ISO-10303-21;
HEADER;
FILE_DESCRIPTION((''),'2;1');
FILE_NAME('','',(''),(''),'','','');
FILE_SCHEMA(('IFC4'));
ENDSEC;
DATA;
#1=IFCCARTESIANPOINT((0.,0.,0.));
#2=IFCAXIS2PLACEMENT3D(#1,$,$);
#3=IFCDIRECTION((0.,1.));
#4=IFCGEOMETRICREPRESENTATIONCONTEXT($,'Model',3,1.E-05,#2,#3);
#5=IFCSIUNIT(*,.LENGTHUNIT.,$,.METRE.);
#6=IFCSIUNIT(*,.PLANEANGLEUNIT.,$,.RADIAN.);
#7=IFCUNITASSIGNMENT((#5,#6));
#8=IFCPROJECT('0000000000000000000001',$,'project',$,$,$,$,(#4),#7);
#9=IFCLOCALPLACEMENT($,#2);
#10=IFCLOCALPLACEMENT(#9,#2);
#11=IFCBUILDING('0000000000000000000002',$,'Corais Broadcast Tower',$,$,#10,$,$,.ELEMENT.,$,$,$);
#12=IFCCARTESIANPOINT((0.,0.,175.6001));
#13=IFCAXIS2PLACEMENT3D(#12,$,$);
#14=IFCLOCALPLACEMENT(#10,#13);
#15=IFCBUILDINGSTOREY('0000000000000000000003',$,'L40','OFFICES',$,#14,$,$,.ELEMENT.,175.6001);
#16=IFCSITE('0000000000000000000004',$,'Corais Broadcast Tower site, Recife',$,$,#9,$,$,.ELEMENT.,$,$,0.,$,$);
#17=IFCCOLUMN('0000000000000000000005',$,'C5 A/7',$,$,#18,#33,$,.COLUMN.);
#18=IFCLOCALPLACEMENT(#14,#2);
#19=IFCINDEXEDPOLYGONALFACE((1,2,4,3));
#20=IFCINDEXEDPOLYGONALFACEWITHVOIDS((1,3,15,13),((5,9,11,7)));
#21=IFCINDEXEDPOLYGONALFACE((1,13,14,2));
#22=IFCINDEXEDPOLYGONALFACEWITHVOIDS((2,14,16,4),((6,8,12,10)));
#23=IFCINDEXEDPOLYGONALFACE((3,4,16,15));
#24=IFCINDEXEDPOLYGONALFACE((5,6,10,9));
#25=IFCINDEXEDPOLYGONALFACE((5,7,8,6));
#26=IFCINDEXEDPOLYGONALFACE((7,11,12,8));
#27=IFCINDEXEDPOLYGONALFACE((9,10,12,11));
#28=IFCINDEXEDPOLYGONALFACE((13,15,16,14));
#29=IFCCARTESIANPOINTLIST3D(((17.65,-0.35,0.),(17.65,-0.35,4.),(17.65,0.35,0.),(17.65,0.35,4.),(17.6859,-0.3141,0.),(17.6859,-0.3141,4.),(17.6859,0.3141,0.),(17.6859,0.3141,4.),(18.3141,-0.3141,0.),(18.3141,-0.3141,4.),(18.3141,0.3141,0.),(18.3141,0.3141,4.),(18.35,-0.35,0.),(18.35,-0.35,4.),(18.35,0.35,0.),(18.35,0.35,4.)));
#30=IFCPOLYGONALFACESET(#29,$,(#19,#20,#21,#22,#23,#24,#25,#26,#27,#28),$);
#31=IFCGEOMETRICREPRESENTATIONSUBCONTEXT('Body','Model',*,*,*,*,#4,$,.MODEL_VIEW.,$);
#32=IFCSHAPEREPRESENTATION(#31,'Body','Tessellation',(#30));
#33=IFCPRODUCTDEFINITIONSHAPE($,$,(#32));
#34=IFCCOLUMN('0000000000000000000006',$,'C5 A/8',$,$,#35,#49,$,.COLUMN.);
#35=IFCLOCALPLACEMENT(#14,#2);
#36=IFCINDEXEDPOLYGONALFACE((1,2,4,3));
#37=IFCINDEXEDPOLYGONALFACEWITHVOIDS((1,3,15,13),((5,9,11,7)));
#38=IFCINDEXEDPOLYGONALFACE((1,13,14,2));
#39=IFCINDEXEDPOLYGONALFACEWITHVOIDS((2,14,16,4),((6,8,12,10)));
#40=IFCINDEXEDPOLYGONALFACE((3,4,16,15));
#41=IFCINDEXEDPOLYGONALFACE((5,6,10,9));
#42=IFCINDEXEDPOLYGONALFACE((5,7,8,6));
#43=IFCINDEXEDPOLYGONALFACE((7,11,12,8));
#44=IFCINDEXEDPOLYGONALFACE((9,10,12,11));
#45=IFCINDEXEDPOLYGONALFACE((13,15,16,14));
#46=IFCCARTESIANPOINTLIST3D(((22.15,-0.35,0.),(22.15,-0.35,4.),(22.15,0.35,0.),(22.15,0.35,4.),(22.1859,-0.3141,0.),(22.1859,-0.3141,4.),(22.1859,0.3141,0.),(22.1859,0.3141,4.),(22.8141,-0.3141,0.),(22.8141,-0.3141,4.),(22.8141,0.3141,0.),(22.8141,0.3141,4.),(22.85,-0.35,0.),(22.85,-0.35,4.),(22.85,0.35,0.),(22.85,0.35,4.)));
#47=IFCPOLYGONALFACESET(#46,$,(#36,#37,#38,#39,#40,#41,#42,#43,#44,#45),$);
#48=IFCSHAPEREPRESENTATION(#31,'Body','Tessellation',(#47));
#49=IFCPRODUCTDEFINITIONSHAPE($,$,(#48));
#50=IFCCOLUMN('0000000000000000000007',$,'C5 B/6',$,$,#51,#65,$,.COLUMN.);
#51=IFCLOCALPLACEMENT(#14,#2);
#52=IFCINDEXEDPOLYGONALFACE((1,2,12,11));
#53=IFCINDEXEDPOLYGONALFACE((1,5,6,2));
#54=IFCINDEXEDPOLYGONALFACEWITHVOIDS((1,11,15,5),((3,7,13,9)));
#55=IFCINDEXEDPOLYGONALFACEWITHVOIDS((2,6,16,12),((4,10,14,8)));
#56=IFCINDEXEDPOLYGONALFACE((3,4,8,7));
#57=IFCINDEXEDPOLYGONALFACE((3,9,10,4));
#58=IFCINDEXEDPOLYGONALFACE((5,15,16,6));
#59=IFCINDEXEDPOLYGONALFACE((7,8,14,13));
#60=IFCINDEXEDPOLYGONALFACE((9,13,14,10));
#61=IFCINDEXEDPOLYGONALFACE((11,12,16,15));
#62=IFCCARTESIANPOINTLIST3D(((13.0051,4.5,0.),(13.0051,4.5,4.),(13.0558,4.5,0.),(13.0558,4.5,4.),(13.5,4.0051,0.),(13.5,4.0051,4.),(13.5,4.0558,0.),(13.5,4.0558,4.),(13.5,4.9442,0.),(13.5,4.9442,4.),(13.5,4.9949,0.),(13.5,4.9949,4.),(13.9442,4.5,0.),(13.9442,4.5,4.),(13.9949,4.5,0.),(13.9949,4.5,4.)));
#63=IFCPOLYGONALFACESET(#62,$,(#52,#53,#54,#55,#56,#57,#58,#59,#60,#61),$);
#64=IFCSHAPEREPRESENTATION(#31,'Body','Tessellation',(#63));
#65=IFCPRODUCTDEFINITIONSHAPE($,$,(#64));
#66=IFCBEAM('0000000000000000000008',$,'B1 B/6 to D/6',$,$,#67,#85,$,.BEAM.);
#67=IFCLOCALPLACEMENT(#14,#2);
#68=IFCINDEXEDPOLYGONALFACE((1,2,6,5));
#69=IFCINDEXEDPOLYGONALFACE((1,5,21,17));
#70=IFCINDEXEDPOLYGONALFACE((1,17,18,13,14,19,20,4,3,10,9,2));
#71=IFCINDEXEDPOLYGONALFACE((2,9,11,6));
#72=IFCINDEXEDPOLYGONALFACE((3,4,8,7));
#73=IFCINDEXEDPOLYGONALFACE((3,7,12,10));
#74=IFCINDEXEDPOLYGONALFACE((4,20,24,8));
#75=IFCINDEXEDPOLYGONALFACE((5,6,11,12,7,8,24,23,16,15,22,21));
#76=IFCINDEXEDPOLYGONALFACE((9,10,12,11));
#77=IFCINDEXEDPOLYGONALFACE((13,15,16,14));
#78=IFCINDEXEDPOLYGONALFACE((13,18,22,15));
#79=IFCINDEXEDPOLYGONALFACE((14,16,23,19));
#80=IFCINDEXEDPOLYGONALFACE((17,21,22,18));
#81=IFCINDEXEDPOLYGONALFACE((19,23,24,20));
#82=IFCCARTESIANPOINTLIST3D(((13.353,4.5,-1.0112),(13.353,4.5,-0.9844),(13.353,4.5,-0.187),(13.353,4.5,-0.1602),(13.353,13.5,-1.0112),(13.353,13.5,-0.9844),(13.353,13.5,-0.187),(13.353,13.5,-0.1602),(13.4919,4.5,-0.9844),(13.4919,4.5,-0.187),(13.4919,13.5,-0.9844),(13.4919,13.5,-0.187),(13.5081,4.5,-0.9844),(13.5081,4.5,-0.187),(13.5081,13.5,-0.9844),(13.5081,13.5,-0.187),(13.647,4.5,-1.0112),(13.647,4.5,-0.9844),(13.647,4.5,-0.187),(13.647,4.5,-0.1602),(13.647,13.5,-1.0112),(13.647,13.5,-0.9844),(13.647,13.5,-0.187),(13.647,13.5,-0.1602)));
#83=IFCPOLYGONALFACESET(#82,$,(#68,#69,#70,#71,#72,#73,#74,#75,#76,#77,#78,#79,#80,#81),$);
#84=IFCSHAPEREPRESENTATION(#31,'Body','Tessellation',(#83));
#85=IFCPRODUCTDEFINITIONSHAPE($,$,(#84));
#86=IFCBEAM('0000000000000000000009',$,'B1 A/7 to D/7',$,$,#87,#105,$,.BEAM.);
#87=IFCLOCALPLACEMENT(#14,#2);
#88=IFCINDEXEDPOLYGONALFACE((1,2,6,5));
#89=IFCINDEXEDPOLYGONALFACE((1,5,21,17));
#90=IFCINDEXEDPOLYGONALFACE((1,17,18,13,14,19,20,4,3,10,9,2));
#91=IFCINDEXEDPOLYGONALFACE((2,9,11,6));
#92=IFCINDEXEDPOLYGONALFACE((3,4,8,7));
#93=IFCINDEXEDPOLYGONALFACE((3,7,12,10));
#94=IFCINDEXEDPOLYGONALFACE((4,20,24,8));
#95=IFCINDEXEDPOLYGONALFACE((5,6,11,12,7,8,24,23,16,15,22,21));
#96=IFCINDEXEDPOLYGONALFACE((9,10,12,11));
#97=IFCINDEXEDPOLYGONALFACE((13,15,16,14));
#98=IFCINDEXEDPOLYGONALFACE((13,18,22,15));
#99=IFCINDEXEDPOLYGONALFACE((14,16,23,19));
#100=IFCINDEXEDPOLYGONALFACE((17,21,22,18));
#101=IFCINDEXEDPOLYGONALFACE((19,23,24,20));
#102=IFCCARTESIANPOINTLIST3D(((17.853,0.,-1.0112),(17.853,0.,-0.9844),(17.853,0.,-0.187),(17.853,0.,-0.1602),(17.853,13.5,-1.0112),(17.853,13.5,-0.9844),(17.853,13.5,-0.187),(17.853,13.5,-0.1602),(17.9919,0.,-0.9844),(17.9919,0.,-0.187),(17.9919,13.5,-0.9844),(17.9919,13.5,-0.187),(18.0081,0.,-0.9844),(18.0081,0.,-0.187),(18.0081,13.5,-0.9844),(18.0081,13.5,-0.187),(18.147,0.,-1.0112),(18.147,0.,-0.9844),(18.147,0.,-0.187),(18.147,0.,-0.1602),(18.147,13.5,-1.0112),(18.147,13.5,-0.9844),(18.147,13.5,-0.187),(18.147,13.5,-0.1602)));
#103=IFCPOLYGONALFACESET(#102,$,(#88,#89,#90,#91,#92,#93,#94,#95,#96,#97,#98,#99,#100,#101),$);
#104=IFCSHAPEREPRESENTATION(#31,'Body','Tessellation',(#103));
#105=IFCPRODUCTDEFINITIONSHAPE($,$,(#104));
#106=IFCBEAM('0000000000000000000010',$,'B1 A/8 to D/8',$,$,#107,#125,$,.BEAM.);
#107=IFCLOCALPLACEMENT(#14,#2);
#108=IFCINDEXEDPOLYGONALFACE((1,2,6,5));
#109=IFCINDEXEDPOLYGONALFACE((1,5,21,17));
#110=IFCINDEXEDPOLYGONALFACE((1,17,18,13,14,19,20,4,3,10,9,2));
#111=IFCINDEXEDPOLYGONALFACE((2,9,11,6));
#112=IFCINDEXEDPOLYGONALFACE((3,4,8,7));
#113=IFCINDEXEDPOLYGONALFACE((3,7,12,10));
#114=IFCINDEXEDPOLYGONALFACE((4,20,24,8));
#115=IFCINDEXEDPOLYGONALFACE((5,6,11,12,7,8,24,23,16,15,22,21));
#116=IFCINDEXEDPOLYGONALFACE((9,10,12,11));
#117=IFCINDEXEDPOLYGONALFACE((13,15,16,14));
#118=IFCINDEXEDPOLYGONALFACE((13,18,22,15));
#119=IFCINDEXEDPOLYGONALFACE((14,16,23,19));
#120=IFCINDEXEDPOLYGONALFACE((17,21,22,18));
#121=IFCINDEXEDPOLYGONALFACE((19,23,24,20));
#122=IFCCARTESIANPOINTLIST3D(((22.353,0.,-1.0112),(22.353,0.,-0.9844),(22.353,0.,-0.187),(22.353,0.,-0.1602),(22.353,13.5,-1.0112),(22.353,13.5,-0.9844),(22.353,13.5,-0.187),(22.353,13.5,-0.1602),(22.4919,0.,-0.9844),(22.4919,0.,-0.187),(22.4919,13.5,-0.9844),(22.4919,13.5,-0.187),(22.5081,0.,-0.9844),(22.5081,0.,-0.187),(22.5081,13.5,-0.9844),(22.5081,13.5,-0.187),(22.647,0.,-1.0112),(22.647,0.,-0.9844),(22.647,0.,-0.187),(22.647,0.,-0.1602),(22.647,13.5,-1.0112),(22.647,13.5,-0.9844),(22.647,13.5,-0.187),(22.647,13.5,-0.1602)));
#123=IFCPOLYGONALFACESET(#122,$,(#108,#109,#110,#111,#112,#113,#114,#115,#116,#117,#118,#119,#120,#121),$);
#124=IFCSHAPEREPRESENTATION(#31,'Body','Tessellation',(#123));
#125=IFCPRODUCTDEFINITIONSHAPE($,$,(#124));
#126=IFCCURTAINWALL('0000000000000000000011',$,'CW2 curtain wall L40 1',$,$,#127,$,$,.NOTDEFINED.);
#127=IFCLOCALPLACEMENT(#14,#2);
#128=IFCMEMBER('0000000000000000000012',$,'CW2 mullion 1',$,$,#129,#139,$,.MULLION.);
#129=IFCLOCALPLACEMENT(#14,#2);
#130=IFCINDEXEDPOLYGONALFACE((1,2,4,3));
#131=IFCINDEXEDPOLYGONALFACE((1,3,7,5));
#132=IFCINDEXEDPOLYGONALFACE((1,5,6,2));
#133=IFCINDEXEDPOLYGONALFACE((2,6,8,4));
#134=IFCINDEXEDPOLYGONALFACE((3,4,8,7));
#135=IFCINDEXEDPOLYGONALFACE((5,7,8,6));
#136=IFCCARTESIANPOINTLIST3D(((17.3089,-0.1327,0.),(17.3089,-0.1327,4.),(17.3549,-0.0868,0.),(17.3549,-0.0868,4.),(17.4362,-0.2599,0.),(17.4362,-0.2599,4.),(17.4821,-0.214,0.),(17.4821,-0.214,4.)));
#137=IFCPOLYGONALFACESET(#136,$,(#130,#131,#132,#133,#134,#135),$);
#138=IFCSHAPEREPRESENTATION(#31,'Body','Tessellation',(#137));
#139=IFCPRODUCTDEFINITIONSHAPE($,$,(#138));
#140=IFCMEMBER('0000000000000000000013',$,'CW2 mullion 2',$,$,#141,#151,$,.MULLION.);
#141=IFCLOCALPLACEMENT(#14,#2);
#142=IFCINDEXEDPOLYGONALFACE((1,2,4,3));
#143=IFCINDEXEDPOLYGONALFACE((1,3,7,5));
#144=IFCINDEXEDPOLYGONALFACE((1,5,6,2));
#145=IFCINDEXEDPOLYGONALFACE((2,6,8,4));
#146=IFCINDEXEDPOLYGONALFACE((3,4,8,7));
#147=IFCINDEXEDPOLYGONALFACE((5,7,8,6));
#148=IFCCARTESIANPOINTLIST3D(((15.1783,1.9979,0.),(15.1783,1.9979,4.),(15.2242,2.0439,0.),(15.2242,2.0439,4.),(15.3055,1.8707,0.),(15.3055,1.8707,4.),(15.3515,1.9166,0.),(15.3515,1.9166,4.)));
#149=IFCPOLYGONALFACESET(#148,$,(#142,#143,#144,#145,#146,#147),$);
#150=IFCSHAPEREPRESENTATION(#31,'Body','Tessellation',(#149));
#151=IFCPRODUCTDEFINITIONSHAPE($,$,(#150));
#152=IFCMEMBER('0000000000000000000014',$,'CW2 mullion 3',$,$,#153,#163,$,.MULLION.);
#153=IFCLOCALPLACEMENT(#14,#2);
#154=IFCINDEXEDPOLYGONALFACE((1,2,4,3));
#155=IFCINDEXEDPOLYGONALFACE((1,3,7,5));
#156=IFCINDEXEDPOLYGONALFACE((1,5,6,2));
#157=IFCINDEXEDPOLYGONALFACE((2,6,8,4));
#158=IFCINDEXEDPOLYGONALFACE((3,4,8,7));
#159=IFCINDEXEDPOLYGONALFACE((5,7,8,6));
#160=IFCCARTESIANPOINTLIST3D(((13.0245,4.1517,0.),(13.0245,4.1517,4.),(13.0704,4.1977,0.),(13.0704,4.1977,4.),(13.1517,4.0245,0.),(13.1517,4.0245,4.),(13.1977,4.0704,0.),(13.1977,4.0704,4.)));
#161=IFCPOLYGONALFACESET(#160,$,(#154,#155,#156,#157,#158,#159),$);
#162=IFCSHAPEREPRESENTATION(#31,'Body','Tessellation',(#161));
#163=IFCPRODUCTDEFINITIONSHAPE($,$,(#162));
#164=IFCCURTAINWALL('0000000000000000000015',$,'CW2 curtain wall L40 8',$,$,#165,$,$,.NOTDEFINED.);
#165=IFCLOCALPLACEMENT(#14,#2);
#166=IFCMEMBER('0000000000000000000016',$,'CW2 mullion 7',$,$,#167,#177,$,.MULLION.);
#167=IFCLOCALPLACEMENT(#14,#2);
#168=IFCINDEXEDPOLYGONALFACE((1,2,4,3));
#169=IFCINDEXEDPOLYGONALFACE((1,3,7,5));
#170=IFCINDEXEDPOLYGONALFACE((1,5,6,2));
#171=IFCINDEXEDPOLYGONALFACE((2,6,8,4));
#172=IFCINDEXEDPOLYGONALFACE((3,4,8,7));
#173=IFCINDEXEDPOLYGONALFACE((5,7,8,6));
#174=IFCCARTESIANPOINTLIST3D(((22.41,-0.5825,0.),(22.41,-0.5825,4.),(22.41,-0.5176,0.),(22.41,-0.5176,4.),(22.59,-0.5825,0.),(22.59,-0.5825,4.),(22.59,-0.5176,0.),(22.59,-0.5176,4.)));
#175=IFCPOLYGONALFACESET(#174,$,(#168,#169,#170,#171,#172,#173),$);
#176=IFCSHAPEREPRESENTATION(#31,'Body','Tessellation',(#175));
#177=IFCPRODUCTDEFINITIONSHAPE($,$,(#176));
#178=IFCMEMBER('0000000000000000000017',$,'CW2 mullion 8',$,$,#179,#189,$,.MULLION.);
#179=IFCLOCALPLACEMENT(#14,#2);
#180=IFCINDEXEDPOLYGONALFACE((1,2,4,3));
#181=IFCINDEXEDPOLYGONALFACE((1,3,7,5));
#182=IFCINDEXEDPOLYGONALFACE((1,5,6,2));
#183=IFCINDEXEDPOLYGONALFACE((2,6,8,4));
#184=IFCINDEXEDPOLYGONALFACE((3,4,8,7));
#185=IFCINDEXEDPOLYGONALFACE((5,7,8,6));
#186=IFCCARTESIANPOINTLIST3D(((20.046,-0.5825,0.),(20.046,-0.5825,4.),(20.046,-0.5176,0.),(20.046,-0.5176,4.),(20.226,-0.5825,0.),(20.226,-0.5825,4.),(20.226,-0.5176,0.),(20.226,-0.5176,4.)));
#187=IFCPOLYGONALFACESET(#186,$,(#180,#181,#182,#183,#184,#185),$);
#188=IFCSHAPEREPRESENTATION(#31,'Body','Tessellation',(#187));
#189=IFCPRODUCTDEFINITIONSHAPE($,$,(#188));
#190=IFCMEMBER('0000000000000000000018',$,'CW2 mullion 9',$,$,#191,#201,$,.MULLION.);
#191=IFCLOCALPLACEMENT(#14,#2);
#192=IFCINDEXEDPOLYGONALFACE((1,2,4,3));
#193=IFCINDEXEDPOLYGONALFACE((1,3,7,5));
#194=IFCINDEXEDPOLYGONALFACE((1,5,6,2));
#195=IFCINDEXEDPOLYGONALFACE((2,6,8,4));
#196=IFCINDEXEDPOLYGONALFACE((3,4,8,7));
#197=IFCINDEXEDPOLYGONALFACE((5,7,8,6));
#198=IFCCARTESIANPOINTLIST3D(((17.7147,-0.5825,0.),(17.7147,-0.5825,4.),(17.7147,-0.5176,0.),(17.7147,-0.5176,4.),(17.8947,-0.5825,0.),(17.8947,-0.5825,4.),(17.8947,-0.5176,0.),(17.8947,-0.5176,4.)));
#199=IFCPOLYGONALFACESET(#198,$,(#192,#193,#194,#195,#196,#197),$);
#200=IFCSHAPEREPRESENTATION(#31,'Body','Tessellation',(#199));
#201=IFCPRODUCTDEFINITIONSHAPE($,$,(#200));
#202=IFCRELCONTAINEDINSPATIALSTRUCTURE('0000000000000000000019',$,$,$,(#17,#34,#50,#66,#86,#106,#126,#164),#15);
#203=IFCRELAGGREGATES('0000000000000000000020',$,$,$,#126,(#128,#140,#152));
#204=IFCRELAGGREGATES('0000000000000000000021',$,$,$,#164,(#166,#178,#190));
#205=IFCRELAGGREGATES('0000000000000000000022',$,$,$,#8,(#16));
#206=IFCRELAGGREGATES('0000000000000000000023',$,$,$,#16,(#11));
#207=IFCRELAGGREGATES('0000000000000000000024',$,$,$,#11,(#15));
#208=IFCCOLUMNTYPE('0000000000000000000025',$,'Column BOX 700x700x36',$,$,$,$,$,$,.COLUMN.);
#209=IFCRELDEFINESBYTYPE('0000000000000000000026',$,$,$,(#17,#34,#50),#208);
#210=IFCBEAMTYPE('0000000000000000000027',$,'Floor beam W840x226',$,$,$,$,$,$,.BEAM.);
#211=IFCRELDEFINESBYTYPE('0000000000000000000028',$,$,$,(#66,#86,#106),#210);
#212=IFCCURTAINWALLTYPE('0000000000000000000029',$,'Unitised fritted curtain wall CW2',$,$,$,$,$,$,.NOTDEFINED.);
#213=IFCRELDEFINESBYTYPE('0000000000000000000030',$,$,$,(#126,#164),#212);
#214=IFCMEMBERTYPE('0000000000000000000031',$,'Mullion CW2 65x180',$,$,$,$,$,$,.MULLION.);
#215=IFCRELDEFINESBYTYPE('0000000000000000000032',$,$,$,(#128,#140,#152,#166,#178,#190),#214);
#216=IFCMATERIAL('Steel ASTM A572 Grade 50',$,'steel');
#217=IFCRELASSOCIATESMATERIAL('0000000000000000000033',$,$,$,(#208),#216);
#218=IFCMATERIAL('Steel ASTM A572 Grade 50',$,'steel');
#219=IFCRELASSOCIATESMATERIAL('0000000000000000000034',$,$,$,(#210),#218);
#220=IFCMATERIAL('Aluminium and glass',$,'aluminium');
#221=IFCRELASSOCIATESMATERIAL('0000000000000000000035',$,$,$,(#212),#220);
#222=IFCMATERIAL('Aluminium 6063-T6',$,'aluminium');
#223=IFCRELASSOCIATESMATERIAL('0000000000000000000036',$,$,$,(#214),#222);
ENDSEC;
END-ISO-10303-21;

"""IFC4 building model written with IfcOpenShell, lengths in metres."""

from ifc_helpers import new_model, si_unit, direction, frame, origin, origin_2d, place, context, subcontext, project, spatial, rectangle, hollow_rectangle, i_section, extrude, material, material_profile, profile_set, type_object, element, aggregate, save


model = new_model("IFC4")

# Units and contexts
model_context = context("Model", 3, precision=1e-05, world=origin(), true_north=direction((0.0, 1.0)))
body_context = subcontext(model_context, "Body", "Model", "MODEL_VIEW")
ifc_project = project(units=[si_unit("LENGTHUNIT", "METRE"), si_unit("PLANEANGLEUNIT", "RADIAN")], contexts=[model_context])

# Site, building, storey
site_placement = place(None, origin())
site = spatial("IfcSite", under=ifc_project, at=site_placement, Name="Corais Broadcast Tower site, Recife", CompositionType="ELEMENT", RefElevation=0.0)
building_placement = place(site_placement, origin())
building = spatial("IfcBuilding", under=site, at=building_placement, Name="Corais Broadcast Tower", CompositionType="ELEMENT")
storey_placement = place(building_placement, frame((0.0, 0.0, 175.6001)))
storey = spatial("IfcBuildingStorey", under=building, at=storey_placement, Name="L40", Description="OFFICES", CompositionType="ELEMENT", Elevation=175.6001)

# Columns
ifc_material_1 = material(Name="Steel ASTM A572 Grade 50", Category="steel")
ifc_material_profile_1 = material_profile(ifc_material_1, hollow_rectangle(XDim=0.7, YDim=0.7, WallThickness=0.0359, at=origin_2d()), Name="BOX 700x700x36")
ifc_profile_set_1 = profile_set([ifc_material_profile_1], Name="Steel ASTM A572 Grade 50")
column_type = type_object("IfcColumnType", Name="Column BOX 700x700x36", PredefinedType="COLUMN", material=ifc_profile_set_1)
for number, where, z_axis, x_axis, name in (
    (1, (18.0, 0.0, 0.0), (0.0, 0.0, 1.0), (1.0, 0.0, 0.0), "C5 A/7"),
    (2, (22.5, 0.0, 0.0), (0.0, 0.0, 1.0), (1.0, 0.0, 0.0), "C5 A/8"),
    (3, (13.5, 4.5, 0.0), (0.0, 0.0, 1.0), (0.707107, 0.707107, 0.0), "C5 B/6"),
):
    element("IfcColumn", number, at=place(storey_placement, frame(where, z_axis=z_axis, x_axis=x_axis)), inside=storey, type_object=column_type, Name=name, PredefinedType="COLUMN", context=body_context, shape_type="SweptSolid", body=[
        extrude(hollow_rectangle(XDim=0.7, YDim=0.7, WallThickness=0.0359, at=origin_2d()), origin(), (0.0, 0.0, 1.0), 4.0),
    ])

# Beams
ifc_material_2 = material(Name="Steel ASTM A572 Grade 50", Category="steel")
ifc_material_profile_2 = material_profile(ifc_material_2, i_section(OverallWidth=0.2939, OverallDepth=0.8511, WebThickness=0.0161, FlangeThickness=0.0269, at=origin_2d()), Name="W840x226")
ifc_profile_set_2 = profile_set([ifc_material_profile_2], Name="Steel ASTM A572 Grade 50")
beam_type_1 = type_object("IfcBeamType", Name="Floor beam W840x226", PredefinedType="BEAM", material=ifc_profile_set_2)
beam_1_placement = place(storey_placement, frame((13.5, 4.5, -0.5857), z_axis=(0.0, 1.0, 0.0), x_axis=(-1.0, 0.0, 0.0)))
element("IfcBeam", 4, at=beam_1_placement, inside=storey, type_object=beam_type_1, Name="B1 B/6 to D/6", PredefinedType="BEAM", context=body_context, shape_type="SweptSolid", body=[
    extrude(i_section(OverallWidth=0.2939, OverallDepth=0.8511, WebThickness=0.0161, FlangeThickness=0.0269, at=origin_2d()), origin(), (0.0, 0.0, 1.0), 9.0),
])
for number, where, z_axis, x_axis, name in (
    (5, (18.0, 0.0, -0.5857), (0.0, 1.0, 0.0), (-1.0, 0.0, 0.0), "B1 A/7 to D/7"),
    (6, (22.5, 0.0, -0.5857), (0.0, 1.0, 0.0), (-1.0, 0.0, 0.0), "B1 A/8 to D/8"),
):
    element("IfcBeam", number, at=place(storey_placement, frame(where, z_axis=z_axis, x_axis=x_axis)), inside=storey, type_object=beam_type_1, Name=name, PredefinedType="BEAM", context=body_context, shape_type="SweptSolid", body=[
        extrude(i_section(OverallWidth=0.2939, OverallDepth=0.8511, WebThickness=0.0161, FlangeThickness=0.0269, at=origin_2d()), origin(), (0.0, 0.0, 1.0), 13.5),
    ])

# Curtain walls, members
ifc_material_3 = material(Name="Aluminium and glass", Category="aluminium")
curtain_wall_type = type_object("IfcCurtainWallType", Name="Unitised fritted curtain wall CW2", PredefinedType="NOTDEFINED", material=ifc_material_3)
curtain_wall_1_placement = place(storey_placement, origin())
curtain_wall_1 = element("IfcCurtainWall", 7, at=curtain_wall_1_placement, inside=storey, type_object=curtain_wall_type, Name="CW2 curtain wall L40 1", PredefinedType="NOTDEFINED")
ifc_material_4 = material(Name="Aluminium 6063-T6", Category="aluminium")
ifc_material_profile_3 = material_profile(ifc_material_4, rectangle(XDim=0.0649, YDim=0.1799, at=origin_2d()), Name="Mullion CW2 65x180")
ifc_profile_set_3 = profile_set([ifc_material_profile_3], Name="Aluminium 6063-T6")
member_type_1 = type_object("IfcMemberType", Name="Mullion CW2 65x180", PredefinedType="MULLION", material=ifc_profile_set_3)
member_1_placement = place(storey_placement, frame((17.3955, -0.1733, 0.0), z_axis=(0.0, 0.0, 1.0), x_axis=(-0.707107, -0.707107, 0.0)))
member_1 = element("IfcMember", 8, at=member_1_placement, type_object=member_type_1, Name="CW2 mullion 1", PredefinedType="MULLION", context=body_context, shape_type="SweptSolid", body=[
    extrude(rectangle(XDim=0.0649, YDim=0.1799, at=origin_2d()), origin(), (0.0, 0.0, 1.0), 4.0),
])
member_2_placement = place(storey_placement, frame((15.2649, 1.9573, 0.0), z_axis=(0.0, 0.0, 1.0), x_axis=(-0.707107, -0.707107, 0.0)))
member_2 = element("IfcMember", 9, at=member_2_placement, type_object=member_type_1, Name="CW2 mullion 2", PredefinedType="MULLION", context=body_context, shape_type="SweptSolid", body=[
    extrude(rectangle(XDim=0.0649, YDim=0.1799, at=origin_2d()), origin(), (0.0, 0.0, 1.0), 4.0),
])
member_3_placement = place(storey_placement, frame((13.1111, 4.1111, 0.0), z_axis=(0.0, 0.0, 1.0), x_axis=(-0.707107, -0.707107, 0.0)))
member_3 = element("IfcMember", 10, at=member_3_placement, type_object=member_type_1, Name="CW2 mullion 3", PredefinedType="MULLION", context=body_context, shape_type="SweptSolid", body=[
    extrude(rectangle(XDim=0.0649, YDim=0.1799, at=origin_2d()), origin(), (0.0, 0.0, 1.0), 4.0),
])
curtain_wall_2_placement = place(storey_placement, origin())
curtain_wall_2 = element("IfcCurtainWall", 11, at=curtain_wall_2_placement, inside=storey, type_object=curtain_wall_type, Name="CW2 curtain wall L40 8", PredefinedType="NOTDEFINED")
member_4_placement = place(storey_placement, frame((22.5, -0.55, 0.0), z_axis=(0.0, 0.0, 1.0), x_axis=(0.0, -1.0, 0.0)))
member_4 = element("IfcMember", 12, at=member_4_placement, type_object=member_type_1, Name="CW2 mullion 7", PredefinedType="MULLION", context=body_context, shape_type="SweptSolid", body=[
    extrude(rectangle(XDim=0.0649, YDim=0.1799, at=origin_2d()), origin(), (0.0, 0.0, 1.0), 4.0),
])
member_5_placement = place(storey_placement, frame((20.136, -0.55, 0.0), z_axis=(0.0, 0.0, 1.0), x_axis=(0.0, -1.0, 0.0)))
member_5 = element("IfcMember", 13, at=member_5_placement, type_object=member_type_1, Name="CW2 mullion 8", PredefinedType="MULLION", context=body_context, shape_type="SweptSolid", body=[
    extrude(rectangle(XDim=0.0649, YDim=0.1799, at=origin_2d()), origin(), (0.0, 0.0, 1.0), 4.0),
])
member_6_placement = place(storey_placement, frame((17.8047, -0.55, 0.0), z_axis=(0.0, 0.0, 1.0), x_axis=(0.0, -1.0, 0.0)))
member_6 = element("IfcMember", 14, at=member_6_placement, type_object=member_type_1, Name="CW2 mullion 9", PredefinedType="MULLION", context=body_context, shape_type="SweptSolid", body=[
    extrude(rectangle(XDim=0.0649, YDim=0.1799, at=origin_2d()), origin(), (0.0, 0.0, 1.0), 4.0),
])

aggregate(curtain_wall_1, [member_1, member_2, member_3])
aggregate(curtain_wall_2, [member_4, member_5, member_6])

save(model, "model.ifc")
